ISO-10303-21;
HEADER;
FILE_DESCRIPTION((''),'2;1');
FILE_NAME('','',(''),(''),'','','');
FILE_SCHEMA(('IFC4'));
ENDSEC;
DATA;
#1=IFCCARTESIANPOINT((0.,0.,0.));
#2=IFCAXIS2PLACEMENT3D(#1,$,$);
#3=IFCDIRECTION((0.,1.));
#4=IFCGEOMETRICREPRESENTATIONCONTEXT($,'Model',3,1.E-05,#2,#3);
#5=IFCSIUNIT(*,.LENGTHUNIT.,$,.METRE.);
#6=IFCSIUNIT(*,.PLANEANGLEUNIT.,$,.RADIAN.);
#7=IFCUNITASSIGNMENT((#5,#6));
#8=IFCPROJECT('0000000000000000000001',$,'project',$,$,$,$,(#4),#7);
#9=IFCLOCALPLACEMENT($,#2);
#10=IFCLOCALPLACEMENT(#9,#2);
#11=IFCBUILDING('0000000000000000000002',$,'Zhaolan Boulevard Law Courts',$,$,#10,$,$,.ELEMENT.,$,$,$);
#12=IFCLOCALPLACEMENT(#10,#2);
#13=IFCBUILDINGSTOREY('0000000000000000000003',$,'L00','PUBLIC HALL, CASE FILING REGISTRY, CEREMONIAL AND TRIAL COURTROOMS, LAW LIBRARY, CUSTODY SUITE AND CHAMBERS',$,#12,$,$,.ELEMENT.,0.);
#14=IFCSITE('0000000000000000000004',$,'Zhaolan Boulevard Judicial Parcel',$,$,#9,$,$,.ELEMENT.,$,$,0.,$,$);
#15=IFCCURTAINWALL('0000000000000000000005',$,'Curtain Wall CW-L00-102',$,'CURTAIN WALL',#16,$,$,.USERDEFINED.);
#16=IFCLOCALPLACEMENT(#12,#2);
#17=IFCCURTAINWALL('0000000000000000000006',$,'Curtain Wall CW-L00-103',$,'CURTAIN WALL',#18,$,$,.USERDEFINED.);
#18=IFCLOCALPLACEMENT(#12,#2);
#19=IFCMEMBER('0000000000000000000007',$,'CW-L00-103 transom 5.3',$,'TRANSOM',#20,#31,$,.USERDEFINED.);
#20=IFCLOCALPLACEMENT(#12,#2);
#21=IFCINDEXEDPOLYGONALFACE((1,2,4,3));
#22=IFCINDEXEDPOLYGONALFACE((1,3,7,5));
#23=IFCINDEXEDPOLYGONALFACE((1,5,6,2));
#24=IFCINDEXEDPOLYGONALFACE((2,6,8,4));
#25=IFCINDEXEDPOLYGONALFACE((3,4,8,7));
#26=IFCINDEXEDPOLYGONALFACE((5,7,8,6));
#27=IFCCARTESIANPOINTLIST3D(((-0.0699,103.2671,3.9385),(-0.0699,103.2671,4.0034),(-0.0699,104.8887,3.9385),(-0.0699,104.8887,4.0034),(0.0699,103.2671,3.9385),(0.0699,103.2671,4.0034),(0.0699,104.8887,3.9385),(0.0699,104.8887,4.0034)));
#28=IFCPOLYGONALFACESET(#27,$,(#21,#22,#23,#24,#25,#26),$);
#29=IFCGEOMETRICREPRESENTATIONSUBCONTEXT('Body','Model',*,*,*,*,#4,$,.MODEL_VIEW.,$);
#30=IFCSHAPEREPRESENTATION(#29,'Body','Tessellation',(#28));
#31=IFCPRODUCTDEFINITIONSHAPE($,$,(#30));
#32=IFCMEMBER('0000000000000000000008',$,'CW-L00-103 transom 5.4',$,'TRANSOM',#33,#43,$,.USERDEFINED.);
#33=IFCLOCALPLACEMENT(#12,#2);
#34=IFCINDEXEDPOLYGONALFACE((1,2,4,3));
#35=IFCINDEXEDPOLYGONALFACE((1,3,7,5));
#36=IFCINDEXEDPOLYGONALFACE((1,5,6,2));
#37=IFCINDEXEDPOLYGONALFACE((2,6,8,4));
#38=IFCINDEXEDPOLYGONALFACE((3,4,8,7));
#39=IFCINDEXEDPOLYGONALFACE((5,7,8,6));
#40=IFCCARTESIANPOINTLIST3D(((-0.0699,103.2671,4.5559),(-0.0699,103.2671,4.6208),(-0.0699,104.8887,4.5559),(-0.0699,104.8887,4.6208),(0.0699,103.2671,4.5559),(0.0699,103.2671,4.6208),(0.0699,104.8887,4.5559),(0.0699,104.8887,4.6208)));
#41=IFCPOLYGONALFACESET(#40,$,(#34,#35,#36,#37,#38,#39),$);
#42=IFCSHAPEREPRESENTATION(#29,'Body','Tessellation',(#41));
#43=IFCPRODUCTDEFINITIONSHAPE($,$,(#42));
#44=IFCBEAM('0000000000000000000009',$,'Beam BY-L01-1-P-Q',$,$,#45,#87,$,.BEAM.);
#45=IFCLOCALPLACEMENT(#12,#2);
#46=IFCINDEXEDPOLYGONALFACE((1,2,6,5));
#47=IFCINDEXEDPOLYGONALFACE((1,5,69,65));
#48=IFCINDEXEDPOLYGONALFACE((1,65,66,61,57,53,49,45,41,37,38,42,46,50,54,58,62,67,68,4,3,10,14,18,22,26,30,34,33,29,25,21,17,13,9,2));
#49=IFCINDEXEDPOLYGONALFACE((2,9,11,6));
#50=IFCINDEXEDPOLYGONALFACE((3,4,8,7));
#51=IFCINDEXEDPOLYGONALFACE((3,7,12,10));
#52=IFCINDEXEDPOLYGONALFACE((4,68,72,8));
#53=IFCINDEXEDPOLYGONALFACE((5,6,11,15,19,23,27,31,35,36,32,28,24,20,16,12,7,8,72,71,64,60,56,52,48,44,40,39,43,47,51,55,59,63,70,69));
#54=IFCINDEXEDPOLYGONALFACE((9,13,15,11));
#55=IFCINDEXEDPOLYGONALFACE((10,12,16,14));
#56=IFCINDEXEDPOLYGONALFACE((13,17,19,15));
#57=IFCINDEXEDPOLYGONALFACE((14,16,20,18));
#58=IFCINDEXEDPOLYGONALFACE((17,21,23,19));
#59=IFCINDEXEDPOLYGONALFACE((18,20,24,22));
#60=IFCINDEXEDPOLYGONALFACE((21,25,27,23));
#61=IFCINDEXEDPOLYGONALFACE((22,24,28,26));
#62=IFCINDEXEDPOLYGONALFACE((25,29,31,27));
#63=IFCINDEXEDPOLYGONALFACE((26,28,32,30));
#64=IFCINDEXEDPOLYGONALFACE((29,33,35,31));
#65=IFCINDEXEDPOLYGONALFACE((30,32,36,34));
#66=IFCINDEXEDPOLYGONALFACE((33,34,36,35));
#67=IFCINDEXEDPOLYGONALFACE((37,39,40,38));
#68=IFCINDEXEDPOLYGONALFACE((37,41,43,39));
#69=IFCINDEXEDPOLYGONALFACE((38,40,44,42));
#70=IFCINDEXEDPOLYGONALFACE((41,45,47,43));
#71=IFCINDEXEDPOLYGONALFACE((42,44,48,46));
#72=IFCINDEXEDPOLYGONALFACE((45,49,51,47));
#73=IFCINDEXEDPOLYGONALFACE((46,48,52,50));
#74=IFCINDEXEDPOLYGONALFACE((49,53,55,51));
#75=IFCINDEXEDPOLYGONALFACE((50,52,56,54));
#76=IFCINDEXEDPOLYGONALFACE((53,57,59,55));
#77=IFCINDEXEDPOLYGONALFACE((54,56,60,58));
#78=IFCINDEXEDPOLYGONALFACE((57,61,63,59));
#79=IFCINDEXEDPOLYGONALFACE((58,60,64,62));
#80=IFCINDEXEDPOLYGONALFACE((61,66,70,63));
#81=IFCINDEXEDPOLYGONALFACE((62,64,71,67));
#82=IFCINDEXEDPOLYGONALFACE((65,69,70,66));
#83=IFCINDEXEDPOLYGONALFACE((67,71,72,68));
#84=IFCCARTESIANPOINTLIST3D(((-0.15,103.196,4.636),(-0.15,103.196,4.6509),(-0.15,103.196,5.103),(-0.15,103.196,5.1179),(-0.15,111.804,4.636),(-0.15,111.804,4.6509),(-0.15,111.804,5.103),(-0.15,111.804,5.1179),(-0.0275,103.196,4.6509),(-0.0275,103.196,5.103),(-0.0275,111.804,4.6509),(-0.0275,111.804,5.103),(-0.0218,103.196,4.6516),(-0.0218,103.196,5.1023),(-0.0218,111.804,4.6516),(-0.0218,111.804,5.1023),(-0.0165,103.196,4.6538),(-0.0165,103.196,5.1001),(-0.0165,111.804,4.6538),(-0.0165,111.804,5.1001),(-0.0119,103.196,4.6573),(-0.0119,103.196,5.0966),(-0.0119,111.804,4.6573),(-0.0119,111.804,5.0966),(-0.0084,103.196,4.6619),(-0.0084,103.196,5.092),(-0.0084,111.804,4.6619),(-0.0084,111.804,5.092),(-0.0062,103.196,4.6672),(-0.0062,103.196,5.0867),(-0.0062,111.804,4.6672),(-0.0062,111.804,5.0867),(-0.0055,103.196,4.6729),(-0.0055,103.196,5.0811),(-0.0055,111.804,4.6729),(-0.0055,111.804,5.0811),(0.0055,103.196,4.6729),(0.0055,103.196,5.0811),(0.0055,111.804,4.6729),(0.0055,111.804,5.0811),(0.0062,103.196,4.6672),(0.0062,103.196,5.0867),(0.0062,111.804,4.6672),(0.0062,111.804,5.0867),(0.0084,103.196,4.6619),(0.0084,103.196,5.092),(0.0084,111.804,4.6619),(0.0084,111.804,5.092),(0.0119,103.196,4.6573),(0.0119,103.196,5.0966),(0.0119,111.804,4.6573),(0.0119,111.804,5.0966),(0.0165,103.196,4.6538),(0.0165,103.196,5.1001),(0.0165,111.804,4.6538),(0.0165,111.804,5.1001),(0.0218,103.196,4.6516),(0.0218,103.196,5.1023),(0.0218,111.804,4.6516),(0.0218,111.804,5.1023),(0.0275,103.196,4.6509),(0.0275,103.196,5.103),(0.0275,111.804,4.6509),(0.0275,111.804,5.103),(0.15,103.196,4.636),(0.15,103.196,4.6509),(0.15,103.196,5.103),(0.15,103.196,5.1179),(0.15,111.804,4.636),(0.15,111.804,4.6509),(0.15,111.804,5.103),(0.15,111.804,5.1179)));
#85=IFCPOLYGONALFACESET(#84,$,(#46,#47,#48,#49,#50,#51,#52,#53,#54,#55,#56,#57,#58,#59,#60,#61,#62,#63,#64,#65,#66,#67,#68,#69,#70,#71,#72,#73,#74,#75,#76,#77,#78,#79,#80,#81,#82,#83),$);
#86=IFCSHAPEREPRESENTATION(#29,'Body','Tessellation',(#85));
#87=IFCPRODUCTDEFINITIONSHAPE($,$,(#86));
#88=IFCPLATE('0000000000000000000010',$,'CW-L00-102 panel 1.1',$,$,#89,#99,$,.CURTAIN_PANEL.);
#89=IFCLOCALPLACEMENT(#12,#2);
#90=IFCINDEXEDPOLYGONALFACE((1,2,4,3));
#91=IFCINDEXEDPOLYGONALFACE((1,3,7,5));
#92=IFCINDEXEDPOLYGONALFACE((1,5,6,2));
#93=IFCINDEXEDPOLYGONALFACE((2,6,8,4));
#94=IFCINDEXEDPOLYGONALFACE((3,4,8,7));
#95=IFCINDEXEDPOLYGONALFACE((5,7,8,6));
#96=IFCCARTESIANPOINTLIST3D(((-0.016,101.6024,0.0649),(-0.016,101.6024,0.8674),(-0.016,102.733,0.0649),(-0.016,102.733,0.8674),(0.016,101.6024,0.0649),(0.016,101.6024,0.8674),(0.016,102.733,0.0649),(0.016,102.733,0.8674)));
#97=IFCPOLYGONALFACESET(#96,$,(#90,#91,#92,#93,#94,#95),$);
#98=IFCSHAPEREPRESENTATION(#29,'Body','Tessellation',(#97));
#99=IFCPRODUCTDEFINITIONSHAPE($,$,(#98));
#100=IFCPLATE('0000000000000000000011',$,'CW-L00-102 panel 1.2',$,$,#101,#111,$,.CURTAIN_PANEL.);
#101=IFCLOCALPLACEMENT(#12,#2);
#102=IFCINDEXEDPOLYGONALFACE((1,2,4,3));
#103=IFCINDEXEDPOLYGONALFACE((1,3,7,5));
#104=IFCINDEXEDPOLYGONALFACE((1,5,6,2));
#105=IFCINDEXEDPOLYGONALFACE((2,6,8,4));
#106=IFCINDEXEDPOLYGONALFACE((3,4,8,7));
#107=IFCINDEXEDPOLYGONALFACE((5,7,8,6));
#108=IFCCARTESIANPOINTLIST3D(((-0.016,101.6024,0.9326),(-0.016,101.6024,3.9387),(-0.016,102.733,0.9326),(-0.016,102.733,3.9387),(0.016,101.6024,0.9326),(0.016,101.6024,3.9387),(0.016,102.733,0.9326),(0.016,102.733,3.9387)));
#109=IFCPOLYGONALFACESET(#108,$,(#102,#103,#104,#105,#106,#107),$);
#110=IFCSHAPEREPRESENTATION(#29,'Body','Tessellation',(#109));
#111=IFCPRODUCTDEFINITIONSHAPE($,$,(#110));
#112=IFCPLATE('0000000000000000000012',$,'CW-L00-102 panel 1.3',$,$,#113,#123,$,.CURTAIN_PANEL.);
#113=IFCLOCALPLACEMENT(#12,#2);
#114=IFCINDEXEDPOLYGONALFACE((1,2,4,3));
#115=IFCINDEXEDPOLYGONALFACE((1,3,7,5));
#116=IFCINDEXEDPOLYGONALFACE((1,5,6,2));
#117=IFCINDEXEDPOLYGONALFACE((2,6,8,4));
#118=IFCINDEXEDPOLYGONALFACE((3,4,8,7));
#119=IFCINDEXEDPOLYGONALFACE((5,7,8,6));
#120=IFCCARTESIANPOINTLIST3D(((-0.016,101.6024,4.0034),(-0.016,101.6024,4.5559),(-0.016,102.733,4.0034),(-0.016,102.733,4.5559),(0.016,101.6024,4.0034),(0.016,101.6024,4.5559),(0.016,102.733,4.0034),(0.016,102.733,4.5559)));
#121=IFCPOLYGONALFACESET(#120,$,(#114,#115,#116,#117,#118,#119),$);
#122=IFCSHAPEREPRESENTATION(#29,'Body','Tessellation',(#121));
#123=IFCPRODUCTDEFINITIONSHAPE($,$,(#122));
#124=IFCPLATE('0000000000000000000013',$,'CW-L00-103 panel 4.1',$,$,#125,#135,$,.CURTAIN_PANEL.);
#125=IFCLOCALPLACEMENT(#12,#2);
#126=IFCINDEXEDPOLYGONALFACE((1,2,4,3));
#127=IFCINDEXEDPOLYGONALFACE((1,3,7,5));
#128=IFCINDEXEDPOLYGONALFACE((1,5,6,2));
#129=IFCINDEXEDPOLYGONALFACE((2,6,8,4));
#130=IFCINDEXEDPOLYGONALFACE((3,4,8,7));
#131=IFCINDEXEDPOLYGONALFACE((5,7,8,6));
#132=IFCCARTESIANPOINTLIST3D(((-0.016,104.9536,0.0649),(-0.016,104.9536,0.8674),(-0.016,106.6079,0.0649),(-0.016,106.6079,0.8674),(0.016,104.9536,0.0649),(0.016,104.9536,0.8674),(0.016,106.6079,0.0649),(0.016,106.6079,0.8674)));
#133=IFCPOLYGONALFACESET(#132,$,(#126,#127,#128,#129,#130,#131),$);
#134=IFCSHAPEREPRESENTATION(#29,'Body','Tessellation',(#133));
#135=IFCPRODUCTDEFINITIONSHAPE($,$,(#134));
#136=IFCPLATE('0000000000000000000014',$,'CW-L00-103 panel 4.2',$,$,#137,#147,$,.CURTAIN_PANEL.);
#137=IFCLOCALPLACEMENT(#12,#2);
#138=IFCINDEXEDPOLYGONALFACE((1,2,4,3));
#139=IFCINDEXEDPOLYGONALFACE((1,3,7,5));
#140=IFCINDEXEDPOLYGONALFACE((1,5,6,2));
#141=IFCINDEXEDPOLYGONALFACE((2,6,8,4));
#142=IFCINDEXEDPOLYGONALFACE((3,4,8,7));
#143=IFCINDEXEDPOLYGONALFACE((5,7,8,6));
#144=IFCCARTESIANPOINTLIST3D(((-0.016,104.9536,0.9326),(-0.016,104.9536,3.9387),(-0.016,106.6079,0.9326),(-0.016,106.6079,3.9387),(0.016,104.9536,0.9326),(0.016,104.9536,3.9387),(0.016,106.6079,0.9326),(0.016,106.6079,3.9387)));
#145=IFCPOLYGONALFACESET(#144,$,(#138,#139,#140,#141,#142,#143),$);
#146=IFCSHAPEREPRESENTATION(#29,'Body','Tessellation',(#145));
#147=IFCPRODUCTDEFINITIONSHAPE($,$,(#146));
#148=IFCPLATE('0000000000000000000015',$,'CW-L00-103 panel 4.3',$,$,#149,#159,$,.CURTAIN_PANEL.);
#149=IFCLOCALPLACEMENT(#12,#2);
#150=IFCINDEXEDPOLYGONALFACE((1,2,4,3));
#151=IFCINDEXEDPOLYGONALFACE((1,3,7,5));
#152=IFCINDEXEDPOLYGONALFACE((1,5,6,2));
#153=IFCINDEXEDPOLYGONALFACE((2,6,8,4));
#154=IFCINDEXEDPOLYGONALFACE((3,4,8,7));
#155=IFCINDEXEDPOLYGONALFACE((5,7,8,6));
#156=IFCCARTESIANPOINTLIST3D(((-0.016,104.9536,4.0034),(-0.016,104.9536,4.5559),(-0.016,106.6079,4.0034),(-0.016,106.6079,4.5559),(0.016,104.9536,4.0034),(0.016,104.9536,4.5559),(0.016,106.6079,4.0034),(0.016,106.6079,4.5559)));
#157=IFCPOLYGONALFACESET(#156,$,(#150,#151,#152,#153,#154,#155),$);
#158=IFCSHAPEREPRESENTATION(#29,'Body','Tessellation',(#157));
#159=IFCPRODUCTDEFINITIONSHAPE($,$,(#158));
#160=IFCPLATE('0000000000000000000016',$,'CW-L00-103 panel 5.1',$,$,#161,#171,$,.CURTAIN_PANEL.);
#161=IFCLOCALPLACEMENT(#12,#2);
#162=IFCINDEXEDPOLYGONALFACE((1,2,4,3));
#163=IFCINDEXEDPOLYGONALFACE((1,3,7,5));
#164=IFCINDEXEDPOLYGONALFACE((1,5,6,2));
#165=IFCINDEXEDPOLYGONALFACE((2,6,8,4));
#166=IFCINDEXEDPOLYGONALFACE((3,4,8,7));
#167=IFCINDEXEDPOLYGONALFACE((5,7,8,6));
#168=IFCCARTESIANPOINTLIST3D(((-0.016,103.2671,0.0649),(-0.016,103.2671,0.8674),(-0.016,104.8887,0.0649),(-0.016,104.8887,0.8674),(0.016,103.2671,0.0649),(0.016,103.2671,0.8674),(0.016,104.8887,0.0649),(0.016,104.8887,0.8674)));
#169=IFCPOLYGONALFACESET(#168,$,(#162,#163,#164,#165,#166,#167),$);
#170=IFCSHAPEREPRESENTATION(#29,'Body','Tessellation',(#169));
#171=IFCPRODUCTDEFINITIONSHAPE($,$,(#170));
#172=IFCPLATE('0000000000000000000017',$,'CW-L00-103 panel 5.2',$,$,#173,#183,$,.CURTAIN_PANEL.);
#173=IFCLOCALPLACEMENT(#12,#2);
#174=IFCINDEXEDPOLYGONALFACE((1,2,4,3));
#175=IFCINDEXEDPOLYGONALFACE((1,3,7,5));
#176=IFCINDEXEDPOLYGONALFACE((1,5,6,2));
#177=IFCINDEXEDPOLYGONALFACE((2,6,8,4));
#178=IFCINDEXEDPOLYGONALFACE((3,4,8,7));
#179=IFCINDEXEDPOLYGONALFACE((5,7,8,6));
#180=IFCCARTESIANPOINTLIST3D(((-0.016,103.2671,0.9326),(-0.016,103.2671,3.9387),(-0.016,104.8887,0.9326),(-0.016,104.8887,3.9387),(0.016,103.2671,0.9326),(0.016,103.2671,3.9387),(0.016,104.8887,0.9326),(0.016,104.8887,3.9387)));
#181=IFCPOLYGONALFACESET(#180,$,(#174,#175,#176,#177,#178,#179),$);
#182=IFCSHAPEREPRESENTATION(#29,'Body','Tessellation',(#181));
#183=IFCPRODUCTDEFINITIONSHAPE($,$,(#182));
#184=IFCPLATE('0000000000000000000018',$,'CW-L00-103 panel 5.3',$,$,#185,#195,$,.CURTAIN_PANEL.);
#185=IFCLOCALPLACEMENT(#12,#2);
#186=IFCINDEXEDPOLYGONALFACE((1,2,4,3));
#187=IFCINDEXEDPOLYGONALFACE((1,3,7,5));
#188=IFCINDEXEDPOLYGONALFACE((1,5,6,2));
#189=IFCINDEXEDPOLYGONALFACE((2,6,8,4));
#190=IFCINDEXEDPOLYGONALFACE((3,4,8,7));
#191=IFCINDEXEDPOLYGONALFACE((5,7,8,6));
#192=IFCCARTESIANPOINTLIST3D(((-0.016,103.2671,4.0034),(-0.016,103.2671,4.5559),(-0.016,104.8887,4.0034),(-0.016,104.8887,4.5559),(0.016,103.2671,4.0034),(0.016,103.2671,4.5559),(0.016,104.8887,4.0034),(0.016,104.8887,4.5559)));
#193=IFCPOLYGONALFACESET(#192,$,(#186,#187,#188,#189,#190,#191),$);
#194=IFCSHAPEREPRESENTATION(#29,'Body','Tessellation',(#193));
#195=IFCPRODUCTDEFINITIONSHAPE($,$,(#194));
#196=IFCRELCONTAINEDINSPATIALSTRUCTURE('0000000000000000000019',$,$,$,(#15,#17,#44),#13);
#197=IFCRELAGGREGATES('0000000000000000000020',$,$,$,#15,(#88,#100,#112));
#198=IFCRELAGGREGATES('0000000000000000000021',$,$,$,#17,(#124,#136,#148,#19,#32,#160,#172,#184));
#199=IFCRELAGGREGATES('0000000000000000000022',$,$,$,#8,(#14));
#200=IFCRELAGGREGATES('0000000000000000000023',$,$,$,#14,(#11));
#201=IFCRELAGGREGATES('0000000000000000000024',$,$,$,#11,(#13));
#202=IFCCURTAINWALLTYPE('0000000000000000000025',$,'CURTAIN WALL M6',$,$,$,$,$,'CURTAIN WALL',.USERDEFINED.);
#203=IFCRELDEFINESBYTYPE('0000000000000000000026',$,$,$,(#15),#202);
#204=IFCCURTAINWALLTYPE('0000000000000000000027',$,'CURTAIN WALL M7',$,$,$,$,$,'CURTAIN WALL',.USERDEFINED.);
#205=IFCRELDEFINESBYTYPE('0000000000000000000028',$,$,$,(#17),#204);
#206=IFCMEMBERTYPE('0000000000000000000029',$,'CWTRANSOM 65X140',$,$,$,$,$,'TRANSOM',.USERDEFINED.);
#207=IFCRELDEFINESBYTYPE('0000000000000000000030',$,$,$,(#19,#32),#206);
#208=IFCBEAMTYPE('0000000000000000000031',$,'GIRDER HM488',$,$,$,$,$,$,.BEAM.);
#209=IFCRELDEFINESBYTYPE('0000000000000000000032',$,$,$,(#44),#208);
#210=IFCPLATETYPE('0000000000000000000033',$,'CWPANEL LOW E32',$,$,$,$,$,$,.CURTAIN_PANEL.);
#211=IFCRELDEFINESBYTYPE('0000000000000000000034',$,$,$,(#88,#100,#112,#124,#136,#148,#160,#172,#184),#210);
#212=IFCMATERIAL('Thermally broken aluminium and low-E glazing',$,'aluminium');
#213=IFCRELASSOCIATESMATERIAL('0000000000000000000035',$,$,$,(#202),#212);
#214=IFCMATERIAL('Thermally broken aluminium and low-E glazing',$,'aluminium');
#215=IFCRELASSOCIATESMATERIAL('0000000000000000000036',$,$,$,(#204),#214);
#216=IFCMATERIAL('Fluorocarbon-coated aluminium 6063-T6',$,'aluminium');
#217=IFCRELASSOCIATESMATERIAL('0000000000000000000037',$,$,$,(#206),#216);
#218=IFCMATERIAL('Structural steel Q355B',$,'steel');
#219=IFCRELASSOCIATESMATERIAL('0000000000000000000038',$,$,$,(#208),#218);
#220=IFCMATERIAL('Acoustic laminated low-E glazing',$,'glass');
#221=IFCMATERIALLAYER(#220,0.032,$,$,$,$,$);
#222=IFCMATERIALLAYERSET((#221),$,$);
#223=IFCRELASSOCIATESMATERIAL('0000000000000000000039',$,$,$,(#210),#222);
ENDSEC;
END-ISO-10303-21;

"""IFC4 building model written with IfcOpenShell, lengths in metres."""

from ifc_helpers import new_model, si_unit, direction, frame, origin, origin_2d, place, context, subcontext, project, spatial, rectangle, i_section, extrude, material, layer, layer_set, material_profile, profile_set, type_object, element, aggregate, save


model = new_model("IFC4")

# Units and contexts
model_context = context("Model", 3, precision=1e-05, world=origin(), true_north=direction((0.0, 1.0)))
body_context = subcontext(model_context, "Body", "Model", "MODEL_VIEW")
ifc_project = project(units=[si_unit("LENGTHUNIT", "METRE"), si_unit("PLANEANGLEUNIT", "RADIAN")], contexts=[model_context])

# Site, building, storey
site_placement = place(None, origin())
site = spatial("IfcSite", under=ifc_project, at=site_placement, Name="Zhaolan Boulevard Judicial Parcel", CompositionType="ELEMENT", RefElevation=0.0)
building_placement = place(site_placement, origin())
building = spatial("IfcBuilding", under=site, at=building_placement, Name="Zhaolan Boulevard Law Courts", CompositionType="ELEMENT")
storey_placement = place(building_placement, origin())
storey = spatial("IfcBuildingStorey", under=building, at=storey_placement, Name="L00", Description="PUBLIC HALL, CASE FILING REGISTRY, CEREMONIAL AND TRIAL COURTROOMS, LAW LIBRARY, CUSTODY SUITE AND CHAMBERS", CompositionType="ELEMENT", Elevation=0.0)

# Curtain walls
ifc_material_1 = material(Name="Thermally broken aluminium and low-E glazing", Category="aluminium")
curtain_wall_type_1 = type_object("IfcCurtainWallType", Name="CURTAIN WALL M6", ElementType="CURTAIN WALL", PredefinedType="USERDEFINED", material=ifc_material_1)
curtain_wall_1_placement = place(storey_placement, origin())
curtain_wall_1 = element("IfcCurtainWall", 1, at=curtain_wall_1_placement, inside=storey, type_object=curtain_wall_type_1, Name="Curtain Wall CW-L00-102", ObjectType="CURTAIN WALL", PredefinedType="USERDEFINED")
ifc_material_2 = material(Name="Thermally broken aluminium and low-E glazing", Category="aluminium")
curtain_wall_type_2 = type_object("IfcCurtainWallType", Name="CURTAIN WALL M7", ElementType="CURTAIN WALL", PredefinedType="USERDEFINED", material=ifc_material_2)
curtain_wall_2_placement = place(storey_placement, origin())
curtain_wall_2 = element("IfcCurtainWall", 2, at=curtain_wall_2_placement, inside=storey, type_object=curtain_wall_type_2, Name="Curtain Wall CW-L00-103", ObjectType="CURTAIN WALL", PredefinedType="USERDEFINED")

# Members
ifc_material_3 = material(Name="Fluorocarbon-coated aluminium 6063-T6", Category="aluminium")
ifc_material_profile_1 = material_profile(ifc_material_3, rectangle(XDim=0.1399, YDim=0.0649, at=origin_2d()), Name="AL65x140")
ifc_profile_set_1 = profile_set([ifc_material_profile_1], Name="Fluorocarbon-coated aluminium 6063-T6")
member_type_1 = type_object("IfcMemberType", Name="CWTRANSOM 65X140", ElementType="TRANSOM", PredefinedType="USERDEFINED", material=ifc_profile_set_1)
member_1_placement = place(storey_placement, frame((0.0, 104.8887, 3.9709), z_axis=(0.0, -1.0, 0.0), x_axis=(1.0, 0.0, 0.0)))
member_1 = element("IfcMember", 3, at=member_1_placement, type_object=member_type_1, Name="CW-L00-103 transom 5.3", ObjectType="TRANSOM", PredefinedType="USERDEFINED", context=body_context, shape_type="SweptSolid", body=[
    extrude(rectangle(XDim=0.1399, YDim=0.0649, at=origin_2d()), origin(), (0.0, 0.0, 1.0), 1.6216),
])
member_2_placement = place(storey_placement, frame((0.0, 104.8887, 4.5884), z_axis=(0.0, -1.0, 0.0), x_axis=(1.0, 0.0, 0.0)))
member_2 = element("IfcMember", 4, at=member_2_placement, type_object=member_type_1, Name="CW-L00-103 transom 5.4", ObjectType="TRANSOM", PredefinedType="USERDEFINED", context=body_context, shape_type="SweptSolid", body=[
    extrude(rectangle(XDim=0.1399, YDim=0.0649, at=origin_2d()), origin(), (0.0, 0.0, 1.0), 1.6216),
])

# Beam
ifc_material_4 = material(Name="Structural steel Q355B", Category="steel")
ifc_material_profile_2 = material_profile(ifc_material_4, i_section(OverallWidth=0.3, OverallDepth=0.4819, WebThickness=0.011, FlangeThickness=0.0149, FilletRadius=0.022, at=origin_2d()), Name="HM482x300")
ifc_profile_set_2 = profile_set([ifc_material_profile_2], Name="Structural steel Q355B")
beam_type = type_object("IfcBeamType", Name="GIRDER HM488", PredefinedType="BEAM", material=ifc_profile_set_2)
beam_placement = place(storey_placement, frame((0.0, 103.196, 4.877), z_axis=(0.0, 1.0, 0.0), x_axis=(-1.0, 0.0, 0.0)))
element("IfcBeam", 5, at=beam_placement, inside=storey, type_object=beam_type, Name="Beam BY-L01-1-P-Q", PredefinedType="BEAM", context=body_context, shape_type="SweptSolid", body=[
    extrude(i_section(OverallWidth=0.3, OverallDepth=0.4819, WebThickness=0.011, FlangeThickness=0.0149, FilletRadius=0.022, at=origin_2d()), origin(), (0.0, 0.0, 1.0), 8.6079),
])

# Plates
ifc_material_5 = material(Name="Acoustic laminated low-E glazing", Category="glass")
ifc_layer = layer(ifc_material_5, 0.032)
ifc_layer_set = layer_set([ifc_layer])
plate_type = type_object("IfcPlateType", Name="CWPANEL LOW E32", PredefinedType="CURTAIN_PANEL", material=ifc_layer_set)
plate_1_placement = place(storey_placement, frame((0.0, 102.1677, 0.0649), z_axis=(0.0, 0.0, 1.0), x_axis=(0.0, -1.0, 0.0)))
plate_1 = element("IfcPlate", 6, at=plate_1_placement, type_object=plate_type, Name="CW-L00-102 panel 1.1", PredefinedType="CURTAIN_PANEL", context=body_context, shape_type="SweptSolid", body=[
    extrude(rectangle(XDim=1.1306, YDim=0.032, at=origin_2d()), origin(), (0.0, 0.0, 1.0), 0.8025),
])
plate_2_placement = place(storey_placement, frame((0.0, 102.1677, 0.9326), z_axis=(0.0, 0.0, 1.0), x_axis=(0.0, -1.0, 0.0)))
plate_2 = element("IfcPlate", 7, at=plate_2_placement, type_object=plate_type, Name="CW-L00-102 panel 1.2", PredefinedType="CURTAIN_PANEL", context=body_context, shape_type="SweptSolid", body=[
    extrude(rectangle(XDim=1.1306, YDim=0.032, at=origin_2d()), origin(), (0.0, 0.0, 1.0), 3.0061),
])
plate_3_placement = place(storey_placement, frame((0.0, 102.1677, 4.0034), z_axis=(0.0, 0.0, 1.0), x_axis=(0.0, -1.0, 0.0)))
plate_3 = element("IfcPlate", 8, at=plate_3_placement, type_object=plate_type, Name="CW-L00-102 panel 1.3", PredefinedType="CURTAIN_PANEL", context=body_context, shape_type="SweptSolid", body=[
    extrude(rectangle(XDim=1.1306, YDim=0.032, at=origin_2d()), origin(), (0.0, 0.0, 1.0), 0.5525),
])
aggregate(curtain_wall_1, [plate_1, plate_2, plate_3])
plate_4_placement = place(storey_placement, frame((0.0, 105.7808, 0.0649), z_axis=(0.0, 0.0, 1.0), x_axis=(0.0, -1.0, 0.0)))
plate_4 = element("IfcPlate", 9, at=plate_4_placement, type_object=plate_type, Name="CW-L00-103 panel 4.1", PredefinedType="CURTAIN_PANEL", context=body_context, shape_type="SweptSolid", body=[
    extrude(rectangle(XDim=1.6543, YDim=0.032, at=origin_2d()), origin(), (0.0, 0.0, 1.0), 0.8025),
])
plate_5_placement = place(storey_placement, frame((0.0, 105.7808, 0.9326), z_axis=(0.0, 0.0, 1.0), x_axis=(0.0, -1.0, 0.0)))
plate_5 = element("IfcPlate", 10, at=plate_5_placement, type_object=plate_type, Name="CW-L00-103 panel 4.2", PredefinedType="CURTAIN_PANEL", context=body_context, shape_type="SweptSolid", body=[
    extrude(rectangle(XDim=1.6543, YDim=0.032, at=origin_2d()), origin(), (0.0, 0.0, 1.0), 3.0061),
])
plate_6_placement = place(storey_placement, frame((0.0, 105.7808, 4.0034), z_axis=(0.0, 0.0, 1.0), x_axis=(0.0, -1.0, 0.0)))
plate_6 = element("IfcPlate", 11, at=plate_6_placement, type_object=plate_type, Name="CW-L00-103 panel 4.3", PredefinedType="CURTAIN_PANEL", context=body_context, shape_type="SweptSolid", body=[
    extrude(rectangle(XDim=1.6543, YDim=0.032, at=origin_2d()), origin(), (0.0, 0.0, 1.0), 0.5525),
])
plate_7_placement = place(storey_placement, frame((0.0, 104.0779, 0.0649), z_axis=(0.0, 0.0, 1.0), x_axis=(0.0, -1.0, 0.0)))
plate_7 = element("IfcPlate", 12, at=plate_7_placement, type_object=plate_type, Name="CW-L00-103 panel 5.1", PredefinedType="CURTAIN_PANEL", context=body_context, shape_type="SweptSolid", body=[
    extrude(rectangle(XDim=1.6216, YDim=0.032, at=origin_2d()), origin(), (0.0, 0.0, 1.0), 0.8025),
])
plate_8_placement = place(storey_placement, frame((0.0, 104.0779, 0.9326), z_axis=(0.0, 0.0, 1.0), x_axis=(0.0, -1.0, 0.0)))
plate_8 = element("IfcPlate", 13, at=plate_8_placement, type_object=plate_type, Name="CW-L00-103 panel 5.2", PredefinedType="CURTAIN_PANEL", context=body_context, shape_type="SweptSolid", body=[
    extrude(rectangle(XDim=1.6216, YDim=0.032, at=origin_2d()), origin(), (0.0, 0.0, 1.0), 3.0061),
])
plate_9_placement = place(storey_placement, frame((0.0, 104.0779, 4.0034), z_axis=(0.0, 0.0, 1.0), x_axis=(0.0, -1.0, 0.0)))
plate_9 = element("IfcPlate", 14, at=plate_9_placement, type_object=plate_type, Name="CW-L00-103 panel 5.3", PredefinedType="CURTAIN_PANEL", context=body_context, shape_type="SweptSolid", body=[
    extrude(rectangle(XDim=1.6216, YDim=0.032, at=origin_2d()), origin(), (0.0, 0.0, 1.0), 0.5525),
])
aggregate(curtain_wall_2, [plate_4, plate_5, plate_6, member_1, member_2, plate_7, plate_8, plate_9])

save(model, "model.ifc")
